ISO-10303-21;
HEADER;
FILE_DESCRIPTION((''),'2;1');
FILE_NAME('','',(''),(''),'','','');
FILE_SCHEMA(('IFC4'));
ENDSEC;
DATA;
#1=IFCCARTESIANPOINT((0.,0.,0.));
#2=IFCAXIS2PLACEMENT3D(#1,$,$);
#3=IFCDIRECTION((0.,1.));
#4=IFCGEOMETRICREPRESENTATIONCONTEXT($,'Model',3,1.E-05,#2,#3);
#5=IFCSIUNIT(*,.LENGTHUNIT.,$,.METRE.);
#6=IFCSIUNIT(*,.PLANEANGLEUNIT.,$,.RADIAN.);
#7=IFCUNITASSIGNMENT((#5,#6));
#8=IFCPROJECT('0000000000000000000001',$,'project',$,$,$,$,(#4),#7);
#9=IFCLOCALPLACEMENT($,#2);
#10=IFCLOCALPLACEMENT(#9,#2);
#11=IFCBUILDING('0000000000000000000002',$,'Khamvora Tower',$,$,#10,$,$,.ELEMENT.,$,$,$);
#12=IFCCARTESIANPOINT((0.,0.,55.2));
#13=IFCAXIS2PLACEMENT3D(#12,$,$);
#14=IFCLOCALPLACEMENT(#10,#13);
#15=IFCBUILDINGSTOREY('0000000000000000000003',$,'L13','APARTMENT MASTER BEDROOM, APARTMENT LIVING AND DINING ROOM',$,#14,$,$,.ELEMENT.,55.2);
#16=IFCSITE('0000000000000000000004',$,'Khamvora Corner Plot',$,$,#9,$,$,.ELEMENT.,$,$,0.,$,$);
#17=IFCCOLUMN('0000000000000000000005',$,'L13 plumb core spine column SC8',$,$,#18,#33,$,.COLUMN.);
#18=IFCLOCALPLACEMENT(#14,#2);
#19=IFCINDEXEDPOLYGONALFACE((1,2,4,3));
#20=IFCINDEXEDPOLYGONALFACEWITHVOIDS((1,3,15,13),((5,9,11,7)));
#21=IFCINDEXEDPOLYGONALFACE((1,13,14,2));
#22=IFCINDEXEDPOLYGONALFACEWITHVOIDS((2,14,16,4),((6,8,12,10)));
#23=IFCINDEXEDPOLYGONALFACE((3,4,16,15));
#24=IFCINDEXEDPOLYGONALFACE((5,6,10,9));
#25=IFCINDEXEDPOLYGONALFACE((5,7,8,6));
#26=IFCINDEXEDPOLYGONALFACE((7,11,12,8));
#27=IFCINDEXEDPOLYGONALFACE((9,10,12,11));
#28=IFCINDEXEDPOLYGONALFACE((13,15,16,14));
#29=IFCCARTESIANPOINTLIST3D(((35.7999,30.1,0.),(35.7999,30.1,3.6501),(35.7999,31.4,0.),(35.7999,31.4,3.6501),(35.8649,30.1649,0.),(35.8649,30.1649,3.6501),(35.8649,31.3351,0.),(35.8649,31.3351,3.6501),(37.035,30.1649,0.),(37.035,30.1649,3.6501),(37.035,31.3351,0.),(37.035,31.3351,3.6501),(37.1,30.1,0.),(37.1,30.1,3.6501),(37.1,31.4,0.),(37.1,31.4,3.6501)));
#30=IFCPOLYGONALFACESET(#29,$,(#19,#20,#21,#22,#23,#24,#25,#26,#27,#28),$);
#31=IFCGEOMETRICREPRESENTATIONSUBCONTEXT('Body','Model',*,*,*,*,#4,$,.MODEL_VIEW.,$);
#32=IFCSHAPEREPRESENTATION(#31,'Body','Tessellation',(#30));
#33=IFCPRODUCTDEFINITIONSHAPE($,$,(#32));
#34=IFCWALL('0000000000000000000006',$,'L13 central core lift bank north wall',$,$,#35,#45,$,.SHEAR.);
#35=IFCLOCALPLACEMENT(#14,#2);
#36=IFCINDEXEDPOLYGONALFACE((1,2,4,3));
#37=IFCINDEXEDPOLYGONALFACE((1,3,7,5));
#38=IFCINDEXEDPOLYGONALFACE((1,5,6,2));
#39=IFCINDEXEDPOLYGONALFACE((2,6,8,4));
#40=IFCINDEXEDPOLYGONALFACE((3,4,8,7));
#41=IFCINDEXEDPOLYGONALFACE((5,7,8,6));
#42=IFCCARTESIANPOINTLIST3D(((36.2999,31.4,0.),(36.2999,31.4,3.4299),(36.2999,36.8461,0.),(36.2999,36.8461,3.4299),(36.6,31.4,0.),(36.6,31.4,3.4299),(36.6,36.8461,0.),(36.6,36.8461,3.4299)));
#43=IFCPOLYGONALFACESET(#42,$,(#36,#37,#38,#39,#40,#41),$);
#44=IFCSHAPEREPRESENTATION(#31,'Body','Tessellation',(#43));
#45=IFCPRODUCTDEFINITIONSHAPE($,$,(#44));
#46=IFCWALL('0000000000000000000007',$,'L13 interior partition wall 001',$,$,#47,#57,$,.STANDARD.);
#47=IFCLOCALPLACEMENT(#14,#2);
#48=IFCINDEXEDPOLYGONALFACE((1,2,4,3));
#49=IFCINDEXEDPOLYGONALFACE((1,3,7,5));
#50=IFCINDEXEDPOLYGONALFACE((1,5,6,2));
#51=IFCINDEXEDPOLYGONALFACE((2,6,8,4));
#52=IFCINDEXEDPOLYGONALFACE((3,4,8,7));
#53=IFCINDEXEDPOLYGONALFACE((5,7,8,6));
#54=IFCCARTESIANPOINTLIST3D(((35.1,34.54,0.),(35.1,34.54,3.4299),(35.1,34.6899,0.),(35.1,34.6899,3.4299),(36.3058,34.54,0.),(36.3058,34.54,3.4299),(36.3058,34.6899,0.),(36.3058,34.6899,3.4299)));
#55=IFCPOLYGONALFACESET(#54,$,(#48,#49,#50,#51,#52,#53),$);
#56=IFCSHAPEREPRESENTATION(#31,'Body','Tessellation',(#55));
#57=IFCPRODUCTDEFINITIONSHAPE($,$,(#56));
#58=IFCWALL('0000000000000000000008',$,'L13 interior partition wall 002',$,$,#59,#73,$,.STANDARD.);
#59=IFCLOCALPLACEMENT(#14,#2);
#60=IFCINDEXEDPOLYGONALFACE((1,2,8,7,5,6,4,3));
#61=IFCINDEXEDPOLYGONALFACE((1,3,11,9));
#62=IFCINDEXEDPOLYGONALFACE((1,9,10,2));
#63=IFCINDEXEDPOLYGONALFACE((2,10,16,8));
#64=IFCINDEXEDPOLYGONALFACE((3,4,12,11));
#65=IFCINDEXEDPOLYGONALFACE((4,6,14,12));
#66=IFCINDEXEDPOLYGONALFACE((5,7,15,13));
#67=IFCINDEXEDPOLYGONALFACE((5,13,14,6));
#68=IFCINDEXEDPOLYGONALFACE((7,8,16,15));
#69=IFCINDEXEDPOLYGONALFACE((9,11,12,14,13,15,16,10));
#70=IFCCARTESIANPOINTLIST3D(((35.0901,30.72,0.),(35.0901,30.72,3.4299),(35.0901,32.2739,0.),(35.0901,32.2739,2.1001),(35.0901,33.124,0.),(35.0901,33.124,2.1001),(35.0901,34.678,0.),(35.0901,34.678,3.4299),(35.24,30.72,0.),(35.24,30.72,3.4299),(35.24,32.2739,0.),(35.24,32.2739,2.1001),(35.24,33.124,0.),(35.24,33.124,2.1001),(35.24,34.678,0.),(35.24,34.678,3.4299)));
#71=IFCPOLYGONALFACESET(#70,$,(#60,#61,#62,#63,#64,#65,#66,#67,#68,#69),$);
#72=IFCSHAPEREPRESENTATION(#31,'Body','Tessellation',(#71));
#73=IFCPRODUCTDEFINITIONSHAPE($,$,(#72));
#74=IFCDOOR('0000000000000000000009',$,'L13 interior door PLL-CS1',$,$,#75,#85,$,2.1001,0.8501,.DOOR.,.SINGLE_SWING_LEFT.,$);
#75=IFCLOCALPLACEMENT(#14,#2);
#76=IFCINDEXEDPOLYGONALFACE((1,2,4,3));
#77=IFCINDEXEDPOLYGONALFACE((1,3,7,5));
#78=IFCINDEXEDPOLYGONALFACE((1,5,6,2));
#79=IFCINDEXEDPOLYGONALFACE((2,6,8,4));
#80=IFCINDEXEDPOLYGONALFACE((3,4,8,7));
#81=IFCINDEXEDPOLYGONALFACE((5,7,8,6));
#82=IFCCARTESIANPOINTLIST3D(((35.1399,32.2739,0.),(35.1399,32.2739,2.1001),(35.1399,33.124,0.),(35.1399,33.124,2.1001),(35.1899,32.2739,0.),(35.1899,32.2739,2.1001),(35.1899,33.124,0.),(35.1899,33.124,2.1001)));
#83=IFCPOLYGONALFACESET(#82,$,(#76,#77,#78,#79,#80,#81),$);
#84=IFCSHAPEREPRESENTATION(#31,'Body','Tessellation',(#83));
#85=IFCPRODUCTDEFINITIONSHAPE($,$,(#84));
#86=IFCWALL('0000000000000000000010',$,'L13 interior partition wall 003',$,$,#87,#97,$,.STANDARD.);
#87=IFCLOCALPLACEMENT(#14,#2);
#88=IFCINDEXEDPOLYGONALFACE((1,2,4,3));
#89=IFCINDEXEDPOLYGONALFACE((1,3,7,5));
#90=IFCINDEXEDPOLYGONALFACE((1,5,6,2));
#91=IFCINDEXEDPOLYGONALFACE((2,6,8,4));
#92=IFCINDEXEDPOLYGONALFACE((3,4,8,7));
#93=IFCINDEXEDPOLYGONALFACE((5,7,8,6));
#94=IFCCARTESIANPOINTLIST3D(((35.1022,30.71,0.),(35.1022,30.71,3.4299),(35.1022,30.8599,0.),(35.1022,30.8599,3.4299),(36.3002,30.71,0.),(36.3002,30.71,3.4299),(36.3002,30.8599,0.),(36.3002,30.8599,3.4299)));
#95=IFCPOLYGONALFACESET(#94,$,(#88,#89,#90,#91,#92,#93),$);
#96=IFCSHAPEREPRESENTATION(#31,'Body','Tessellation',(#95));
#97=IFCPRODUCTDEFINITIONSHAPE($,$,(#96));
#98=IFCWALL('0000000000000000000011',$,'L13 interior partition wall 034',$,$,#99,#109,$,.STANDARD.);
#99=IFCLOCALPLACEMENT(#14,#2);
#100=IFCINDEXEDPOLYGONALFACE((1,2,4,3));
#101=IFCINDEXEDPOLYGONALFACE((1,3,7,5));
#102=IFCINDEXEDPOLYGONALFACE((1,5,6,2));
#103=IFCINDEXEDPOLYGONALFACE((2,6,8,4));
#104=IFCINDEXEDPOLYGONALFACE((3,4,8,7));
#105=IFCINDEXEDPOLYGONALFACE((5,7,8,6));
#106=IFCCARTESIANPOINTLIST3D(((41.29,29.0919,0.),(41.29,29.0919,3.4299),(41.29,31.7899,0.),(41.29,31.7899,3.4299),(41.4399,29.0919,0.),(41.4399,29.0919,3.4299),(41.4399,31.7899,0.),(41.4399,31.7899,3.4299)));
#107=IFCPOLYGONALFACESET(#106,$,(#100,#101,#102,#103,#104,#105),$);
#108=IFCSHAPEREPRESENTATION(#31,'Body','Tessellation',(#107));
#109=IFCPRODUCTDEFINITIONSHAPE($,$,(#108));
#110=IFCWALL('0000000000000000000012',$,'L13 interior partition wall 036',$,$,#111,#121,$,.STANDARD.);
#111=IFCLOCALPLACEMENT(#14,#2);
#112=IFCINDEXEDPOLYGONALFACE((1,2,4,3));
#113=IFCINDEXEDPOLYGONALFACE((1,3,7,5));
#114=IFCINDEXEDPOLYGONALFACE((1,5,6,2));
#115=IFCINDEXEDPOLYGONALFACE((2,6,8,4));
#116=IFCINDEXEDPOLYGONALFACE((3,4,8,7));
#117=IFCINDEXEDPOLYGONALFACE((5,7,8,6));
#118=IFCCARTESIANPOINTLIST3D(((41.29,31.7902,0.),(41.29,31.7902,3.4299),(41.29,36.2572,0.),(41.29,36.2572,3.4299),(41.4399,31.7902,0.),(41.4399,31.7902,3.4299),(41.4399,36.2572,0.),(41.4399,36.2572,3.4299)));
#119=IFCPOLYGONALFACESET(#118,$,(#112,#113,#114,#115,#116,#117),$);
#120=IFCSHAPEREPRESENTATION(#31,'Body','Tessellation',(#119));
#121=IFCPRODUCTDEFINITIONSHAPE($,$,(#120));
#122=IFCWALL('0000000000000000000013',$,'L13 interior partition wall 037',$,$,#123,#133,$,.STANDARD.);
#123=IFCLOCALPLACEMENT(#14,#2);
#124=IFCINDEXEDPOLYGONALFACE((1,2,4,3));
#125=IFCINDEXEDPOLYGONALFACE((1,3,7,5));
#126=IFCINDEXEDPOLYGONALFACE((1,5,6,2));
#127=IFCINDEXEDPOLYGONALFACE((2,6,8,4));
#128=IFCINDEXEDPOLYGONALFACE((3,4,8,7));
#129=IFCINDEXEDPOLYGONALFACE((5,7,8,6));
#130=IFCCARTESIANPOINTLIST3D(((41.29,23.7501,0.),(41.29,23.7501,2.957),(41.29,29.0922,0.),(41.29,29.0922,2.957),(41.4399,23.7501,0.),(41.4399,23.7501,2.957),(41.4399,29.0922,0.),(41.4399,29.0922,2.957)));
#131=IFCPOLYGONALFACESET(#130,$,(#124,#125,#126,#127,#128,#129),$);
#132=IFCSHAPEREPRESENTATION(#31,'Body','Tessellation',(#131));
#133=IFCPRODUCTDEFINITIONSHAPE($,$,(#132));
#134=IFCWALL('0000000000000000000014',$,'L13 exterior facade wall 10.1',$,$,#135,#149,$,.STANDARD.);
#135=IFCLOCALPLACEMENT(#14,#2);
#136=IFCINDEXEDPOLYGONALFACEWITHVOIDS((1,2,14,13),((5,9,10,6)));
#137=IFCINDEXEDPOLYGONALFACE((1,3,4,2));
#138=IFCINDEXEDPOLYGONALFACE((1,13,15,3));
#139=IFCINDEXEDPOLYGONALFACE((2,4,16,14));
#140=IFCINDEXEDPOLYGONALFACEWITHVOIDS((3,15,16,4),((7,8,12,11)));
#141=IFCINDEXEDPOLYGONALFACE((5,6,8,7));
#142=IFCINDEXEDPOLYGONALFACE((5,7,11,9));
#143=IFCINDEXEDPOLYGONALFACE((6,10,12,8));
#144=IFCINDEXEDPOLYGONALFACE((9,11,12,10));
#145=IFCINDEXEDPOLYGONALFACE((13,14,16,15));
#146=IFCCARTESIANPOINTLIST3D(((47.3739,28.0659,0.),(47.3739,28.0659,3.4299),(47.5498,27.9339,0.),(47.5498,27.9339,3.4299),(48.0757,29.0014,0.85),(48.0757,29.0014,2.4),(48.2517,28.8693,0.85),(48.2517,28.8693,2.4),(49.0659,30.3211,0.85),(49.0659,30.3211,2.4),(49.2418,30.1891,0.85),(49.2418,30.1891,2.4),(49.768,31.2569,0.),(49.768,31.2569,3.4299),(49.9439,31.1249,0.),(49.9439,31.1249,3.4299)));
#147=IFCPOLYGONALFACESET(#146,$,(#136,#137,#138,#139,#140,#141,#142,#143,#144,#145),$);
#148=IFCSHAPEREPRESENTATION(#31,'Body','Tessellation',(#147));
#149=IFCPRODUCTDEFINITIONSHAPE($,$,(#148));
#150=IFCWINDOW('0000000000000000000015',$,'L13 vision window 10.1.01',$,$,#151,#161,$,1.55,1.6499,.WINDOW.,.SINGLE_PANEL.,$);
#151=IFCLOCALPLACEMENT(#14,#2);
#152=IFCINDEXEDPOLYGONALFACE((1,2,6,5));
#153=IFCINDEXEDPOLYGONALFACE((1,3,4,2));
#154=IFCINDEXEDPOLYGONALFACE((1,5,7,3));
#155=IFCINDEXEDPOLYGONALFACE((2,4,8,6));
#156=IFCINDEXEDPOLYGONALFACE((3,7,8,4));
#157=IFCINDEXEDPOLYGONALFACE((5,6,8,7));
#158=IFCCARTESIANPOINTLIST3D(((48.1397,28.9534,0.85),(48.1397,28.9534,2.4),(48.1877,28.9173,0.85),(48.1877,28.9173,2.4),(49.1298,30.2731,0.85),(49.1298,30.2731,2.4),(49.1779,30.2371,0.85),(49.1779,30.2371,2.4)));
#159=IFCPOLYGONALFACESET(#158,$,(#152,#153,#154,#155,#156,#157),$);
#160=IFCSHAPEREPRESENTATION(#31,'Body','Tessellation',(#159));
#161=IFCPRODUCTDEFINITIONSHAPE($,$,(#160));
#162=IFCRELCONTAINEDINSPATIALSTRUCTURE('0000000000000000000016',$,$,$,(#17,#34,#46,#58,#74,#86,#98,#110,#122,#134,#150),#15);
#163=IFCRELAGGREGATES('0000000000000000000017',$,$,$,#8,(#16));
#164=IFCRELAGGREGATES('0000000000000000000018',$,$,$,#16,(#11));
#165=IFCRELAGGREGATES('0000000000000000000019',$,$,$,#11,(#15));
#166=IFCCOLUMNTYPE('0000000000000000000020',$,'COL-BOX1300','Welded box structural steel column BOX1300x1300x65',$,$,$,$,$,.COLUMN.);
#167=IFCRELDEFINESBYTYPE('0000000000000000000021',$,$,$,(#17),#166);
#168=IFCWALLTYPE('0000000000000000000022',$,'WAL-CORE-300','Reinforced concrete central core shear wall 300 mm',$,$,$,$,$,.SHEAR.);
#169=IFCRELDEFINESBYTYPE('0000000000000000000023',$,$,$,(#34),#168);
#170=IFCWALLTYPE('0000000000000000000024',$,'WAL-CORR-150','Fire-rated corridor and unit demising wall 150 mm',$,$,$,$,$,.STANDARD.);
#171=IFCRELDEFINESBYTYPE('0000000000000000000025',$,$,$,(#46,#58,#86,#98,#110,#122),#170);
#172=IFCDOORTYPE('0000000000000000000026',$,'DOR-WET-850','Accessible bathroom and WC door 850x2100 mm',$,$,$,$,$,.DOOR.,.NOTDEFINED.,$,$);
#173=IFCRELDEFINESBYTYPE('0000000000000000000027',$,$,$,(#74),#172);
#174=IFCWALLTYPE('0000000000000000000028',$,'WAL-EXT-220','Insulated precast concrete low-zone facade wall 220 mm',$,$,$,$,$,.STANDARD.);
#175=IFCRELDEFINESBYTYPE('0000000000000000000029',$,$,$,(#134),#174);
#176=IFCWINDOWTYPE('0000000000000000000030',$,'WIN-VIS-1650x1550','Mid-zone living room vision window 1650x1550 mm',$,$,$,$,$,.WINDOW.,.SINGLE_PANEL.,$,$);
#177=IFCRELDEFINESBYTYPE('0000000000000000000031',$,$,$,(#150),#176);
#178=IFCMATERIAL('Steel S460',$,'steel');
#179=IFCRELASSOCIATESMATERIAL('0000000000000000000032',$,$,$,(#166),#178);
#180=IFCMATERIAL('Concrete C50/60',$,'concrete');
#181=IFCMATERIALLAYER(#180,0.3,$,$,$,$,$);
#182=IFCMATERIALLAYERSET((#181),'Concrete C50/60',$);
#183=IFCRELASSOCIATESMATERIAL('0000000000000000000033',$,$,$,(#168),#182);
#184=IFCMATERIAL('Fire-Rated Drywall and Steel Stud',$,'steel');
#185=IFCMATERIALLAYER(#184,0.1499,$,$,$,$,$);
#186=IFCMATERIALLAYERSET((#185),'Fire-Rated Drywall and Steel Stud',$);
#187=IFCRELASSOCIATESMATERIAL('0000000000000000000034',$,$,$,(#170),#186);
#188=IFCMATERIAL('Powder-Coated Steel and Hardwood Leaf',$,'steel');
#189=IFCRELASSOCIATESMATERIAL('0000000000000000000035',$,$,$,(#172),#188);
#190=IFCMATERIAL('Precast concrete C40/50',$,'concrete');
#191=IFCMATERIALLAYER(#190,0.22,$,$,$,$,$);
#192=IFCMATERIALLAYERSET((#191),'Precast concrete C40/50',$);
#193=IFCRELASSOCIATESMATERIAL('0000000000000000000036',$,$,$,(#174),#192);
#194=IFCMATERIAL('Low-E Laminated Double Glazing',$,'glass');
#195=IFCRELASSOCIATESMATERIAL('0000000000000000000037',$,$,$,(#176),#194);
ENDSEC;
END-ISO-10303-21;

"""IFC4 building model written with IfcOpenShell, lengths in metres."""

from ifc_helpers import new_model, si_unit, direction, frame, frame_2d, origin, origin_2d, place, context, subcontext, project, spatial, rectangle, hollow_rectangle, extrude, material, layer, layer_set, material_profile, profile_set, type_object, element, fill, save


model = new_model("IFC4")

# Units and contexts
model_context = context("Model", 3, precision=1e-05, world=origin(), true_north=direction((0.0, 1.0)))
body_context = subcontext(model_context, "Body", "Model", "MODEL_VIEW")
ifc_project = project(units=[si_unit("LENGTHUNIT", "METRE"), si_unit("PLANEANGLEUNIT", "RADIAN")], contexts=[model_context])

# Site, building, storey
site_placement = place(None, origin())
site = spatial("IfcSite", under=ifc_project, at=site_placement, Name="Khamvora Corner Plot", CompositionType="ELEMENT", RefElevation=0.0)
building_placement = place(site_placement, origin())
building = spatial("IfcBuilding", under=site, at=building_placement, Name="Khamvora Tower", CompositionType="ELEMENT")
storey_placement = place(building_placement, frame((0.0, 0.0, 55.2)))
storey = spatial("IfcBuildingStorey", under=building, at=storey_placement, Name="L13", Description="APARTMENT MASTER BEDROOM, APARTMENT LIVING AND DINING ROOM", CompositionType="ELEMENT", Elevation=55.2)

# Column
ifc_material_1 = material(Name="Steel S460", Category="steel")
ifc_material_profile = material_profile(ifc_material_1, hollow_rectangle(XDim=1.3, YDim=1.3, WallThickness=0.0649, at=origin_2d()), Name="BOX1300x1300x65")
ifc_profile_set = profile_set([ifc_material_profile], Name="Steel S460")
column_type = type_object("IfcColumnType", Name="COL-BOX1300", Description="Welded box structural steel column BOX1300x1300x65", PredefinedType="COLUMN", material=ifc_profile_set)
column_placement = place(storey_placement, frame((36.45, 30.75, 0.0), z_axis=(0.0, 0.0, 1.0), x_axis=(1.0, 0.0, 0.0)))
element("IfcColumn", 1, at=column_placement, inside=storey, type_object=column_type, Name="L13 plumb core spine column SC8", PredefinedType="COLUMN", context=body_context, shape_type="SweptSolid", body=[
    extrude(hollow_rectangle(XDim=1.3, YDim=1.3, WallThickness=0.0649, at=origin_2d()), origin(), (0.0, 0.0, 1.0), 3.6501),
])

# Walls
ifc_material_2 = material(Name="Concrete C50/60", Category="concrete")
ifc_layer_1 = layer(ifc_material_2, 0.3)
ifc_layer_set_1 = layer_set([ifc_layer_1], Name="Concrete C50/60")
wall_type_1 = type_object("IfcWallType", Name="WAL-CORE-300", Description="Reinforced concrete central core shear wall 300 mm", PredefinedType="SHEAR", material=ifc_layer_set_1)
wall_1_placement = place(storey_placement, frame((36.45, 31.3999, 0.0), z_axis=(0.0, 0.0, 1.0), x_axis=(0.0, 1.0, 0.0)))
element("IfcWall", 2, at=wall_1_placement, inside=storey, type_object=wall_type_1, Name="L13 central core lift bank north wall", PredefinedType="SHEAR", context=body_context, shape_type="SweptSolid", body=[
    extrude(rectangle(XDim=5.446, YDim=0.3, at=frame_2d((2.7231, 0.0))), origin(), (0.0, 0.0, 1.0), 3.4299),
])
ifc_material_3 = material(Name="Fire-Rated Drywall and Steel Stud", Category="steel")
ifc_layer_2 = layer(ifc_material_3, 0.1499)
ifc_layer_set_2 = layer_set([ifc_layer_2], Name="Fire-Rated Drywall and Steel Stud")
wall_type_2 = type_object("IfcWallType", Name="WAL-CORR-150", Description="Fire-rated corridor and unit demising wall 150 mm", PredefinedType="STANDARD", material=ifc_layer_set_2)
wall_2_placement = place(storey_placement, frame((36.3059, 34.615, 0.0), z_axis=(0.0, 0.0, 1.0), x_axis=(-1.0, 0.0, 0.0)))
element("IfcWall", 3, at=wall_2_placement, inside=storey, type_object=wall_type_2, Name="L13 interior partition wall 001", PredefinedType="STANDARD", context=body_context, shape_type="SweptSolid", body=[
    extrude(rectangle(XDim=1.2058, YDim=0.1499, at=frame_2d((0.603, 0.0))), origin(), (0.0, 0.0, 1.0), 3.4299),
])

# Wall, opening, door
wall_3_placement = place(storey_placement, frame((35.165, 34.678, 0.0), z_axis=(0.0, 0.0, 1.0), x_axis=(0.0, -1.0, 0.0)))
wall_3 = element("IfcWall", 4, at=wall_3_placement, inside=storey, type_object=wall_type_2, Name="L13 interior partition wall 002", PredefinedType="STANDARD", context=body_context, shape_type="SweptSolid", body=[
    extrude(rectangle(XDim=3.958, YDim=0.1499, at=frame_2d((1.979, 0.0))), origin(), (0.0, 0.0, 1.0), 3.4299),
])
opening_1_placement = place(wall_3_placement, frame((1.554, 0.0, 0.0)))
opening_1 = element("IfcOpeningElement", 5, at=opening_1_placement, cuts=wall_3, PredefinedType="OPENING", context=body_context, shape_type="SweptSolid", body=[
    extrude(rectangle(XDim=0.8501, YDim=2.1001, at=frame_2d((0.425, 1.05))), frame((0.0, 0.085, 0.0), z_axis=(0.0, -1.0, 0.0), x_axis=(1.0, 0.0, 0.0)), (0.0, 0.0, 1.0), 0.1699),
])
ifc_material_4 = material(Name="Powder-Coated Steel and Hardwood Leaf", Category="steel")
door_type_1 = type_object("IfcDoorType", Name="DOR-WET-850", Description="Accessible bathroom and WC door 850x2100 mm", OperationType="NOTDEFINED", PredefinedType="DOOR", material=ifc_material_4)
door_1_placement = place(opening_1_placement, origin())
door_1 = element("IfcDoor", 6, at=door_1_placement, inside=storey, type_object=door_type_1, Name="L13 interior door PLL-CS1", OperationType="SINGLE_SWING_LEFT", OverallHeight=2.1001, OverallWidth=0.8501, PredefinedType="DOOR", context=body_context, shape_type="SweptSolid", body=[
    extrude(rectangle(XDim=0.8501, YDim=2.1001, at=frame_2d((0.425, 1.05))), frame((0.0, 0.0249, 0.0), z_axis=(0.0, -1.0, 0.0), x_axis=(1.0, 0.0, 0.0)), (0.0, 0.0, 1.0), 0.05),
])
fill(opening_1, door_1)

# Walls
wall_4_placement = place(storey_placement, frame((35.1021, 30.7849, 0.0), z_axis=(0.0, 0.0, 1.0), x_axis=(1.0, 0.0, 0.0)))
element("IfcWall", 7, at=wall_4_placement, inside=storey, type_object=wall_type_2, Name="L13 interior partition wall 003", PredefinedType="STANDARD", context=body_context, shape_type="SweptSolid", body=[
    extrude(rectangle(XDim=1.198, YDim=0.1499, at=frame_2d((0.5991, 0.0))), origin(), (0.0, 0.0, 1.0), 3.4299),
])
wall_5_placement = place(storey_placement, frame((41.365, 31.79, 0.0), z_axis=(0.0, 0.0, 1.0), x_axis=(0.0, -1.0, 0.0)))
element("IfcWall", 8, at=wall_5_placement, inside=storey, type_object=wall_type_2, Name="L13 interior partition wall 034", PredefinedType="STANDARD", context=body_context, shape_type="SweptSolid", body=[
    extrude(rectangle(XDim=2.698, YDim=0.1499, at=frame_2d((1.3491, 0.0))), origin(), (0.0, 0.0, 1.0), 3.4299),
])
wall_6_placement = place(storey_placement, frame((41.365, 36.2571, 0.0), z_axis=(0.0, 0.0, 1.0), x_axis=(0.0, -1.0, 0.0)))
element("IfcWall", 9, at=wall_6_placement, inside=storey, type_object=wall_type_2, Name="L13 interior partition wall 036", PredefinedType="STANDARD", context=body_context, shape_type="SweptSolid", body=[
    extrude(rectangle(XDim=4.467, YDim=0.1499, at=frame_2d((2.2334, 0.0))), origin(), (0.0, 0.0, 1.0), 3.4299),
])
wall_7_placement = place(storey_placement, frame((41.365, 29.092, 0.0), z_axis=(0.0, 0.0, 1.0), x_axis=(0.0, -1.0, 0.0)))
element("IfcWall", 10, at=wall_7_placement, inside=storey, type_object=wall_type_2, Name="L13 interior partition wall 037", PredefinedType="STANDARD", context=body_context, shape_type="SweptSolid", body=[
    extrude(rectangle(XDim=5.342, YDim=0.1499, at=frame_2d((2.6709, 0.0))), origin(), (0.0, 0.0, 1.0), 2.957),
])

# Wall, opening, window
ifc_material_5 = material(Name="Precast concrete C40/50", Category="concrete")
ifc_layer_3 = layer(ifc_material_5, 0.22)
ifc_layer_set_3 = layer_set([ifc_layer_3], Name="Precast concrete C40/50")
wall_type_3 = type_object("IfcWallType", Name="WAL-EXT-220", Description="Insulated precast concrete low-zone facade wall 220 mm", PredefinedType="STANDARD", material=ifc_layer_set_3)
wall_8_placement = place(storey_placement, frame((49.856, 31.1909, 0.0), z_axis=(0.0, 0.0, 1.0), x_axis=(-0.600137, -0.799897, 0.0)))
wall_8 = element("IfcWall", 11, at=wall_8_placement, inside=storey, type_object=wall_type_3, Name="L13 exterior facade wall 10.1", PredefinedType="STANDARD", context=body_context, shape_type="SweptSolid", body=[
    extrude(rectangle(XDim=3.9893, YDim=0.22, at=frame_2d((1.9946, 0.0))), origin(), (0.0, 0.0, 1.0), 3.4299),
])
opening_2_placement = place(wall_8_placement, frame((1.1699, 0.0, 0.8501)))
opening_2 = element("IfcOpeningElement", 12, at=opening_2_placement, cuts=wall_8, PredefinedType="OPENING", context=body_context, shape_type="SweptSolid", body=[
    extrude(rectangle(XDim=1.6499, YDim=1.55, at=frame_2d((0.825, 0.7749))), frame((0.0, 0.1199, 0.0), z_axis=(0.0, -1.0, 0.0), x_axis=(1.0, 0.0, 0.0)), (0.0, 0.0, 1.0), 0.24),
])
ifc_material_6 = material(Name="Low-E Laminated Double Glazing", Category="glass")
window_type = type_object("IfcWindowType", Name="WIN-VIS-1650x1550", Description="Mid-zone living room vision window 1650x1550 mm", PartitioningType="SINGLE_PANEL", PredefinedType="WINDOW", material=ifc_material_6)
window_placement = place(opening_2_placement, origin())
window = element("IfcWindow", 13, at=window_placement, inside=storey, type_object=window_type, Name="L13 vision window 10.1.01", OverallHeight=1.55, OverallWidth=1.6499, PartitioningType="SINGLE_PANEL", PredefinedType="WINDOW", context=body_context, shape_type="SweptSolid", body=[
    extrude(rectangle(XDim=1.6499, YDim=1.55, at=frame_2d((0.825, 0.7749))), frame((0.0, 0.03, 0.0), z_axis=(0.0, -1.0, 0.0), x_axis=(1.0, 0.0, 0.0)), (0.0, 0.0, 1.0), 0.0601),
])
fill(opening_2, window)

save(model, "model.ifc")
